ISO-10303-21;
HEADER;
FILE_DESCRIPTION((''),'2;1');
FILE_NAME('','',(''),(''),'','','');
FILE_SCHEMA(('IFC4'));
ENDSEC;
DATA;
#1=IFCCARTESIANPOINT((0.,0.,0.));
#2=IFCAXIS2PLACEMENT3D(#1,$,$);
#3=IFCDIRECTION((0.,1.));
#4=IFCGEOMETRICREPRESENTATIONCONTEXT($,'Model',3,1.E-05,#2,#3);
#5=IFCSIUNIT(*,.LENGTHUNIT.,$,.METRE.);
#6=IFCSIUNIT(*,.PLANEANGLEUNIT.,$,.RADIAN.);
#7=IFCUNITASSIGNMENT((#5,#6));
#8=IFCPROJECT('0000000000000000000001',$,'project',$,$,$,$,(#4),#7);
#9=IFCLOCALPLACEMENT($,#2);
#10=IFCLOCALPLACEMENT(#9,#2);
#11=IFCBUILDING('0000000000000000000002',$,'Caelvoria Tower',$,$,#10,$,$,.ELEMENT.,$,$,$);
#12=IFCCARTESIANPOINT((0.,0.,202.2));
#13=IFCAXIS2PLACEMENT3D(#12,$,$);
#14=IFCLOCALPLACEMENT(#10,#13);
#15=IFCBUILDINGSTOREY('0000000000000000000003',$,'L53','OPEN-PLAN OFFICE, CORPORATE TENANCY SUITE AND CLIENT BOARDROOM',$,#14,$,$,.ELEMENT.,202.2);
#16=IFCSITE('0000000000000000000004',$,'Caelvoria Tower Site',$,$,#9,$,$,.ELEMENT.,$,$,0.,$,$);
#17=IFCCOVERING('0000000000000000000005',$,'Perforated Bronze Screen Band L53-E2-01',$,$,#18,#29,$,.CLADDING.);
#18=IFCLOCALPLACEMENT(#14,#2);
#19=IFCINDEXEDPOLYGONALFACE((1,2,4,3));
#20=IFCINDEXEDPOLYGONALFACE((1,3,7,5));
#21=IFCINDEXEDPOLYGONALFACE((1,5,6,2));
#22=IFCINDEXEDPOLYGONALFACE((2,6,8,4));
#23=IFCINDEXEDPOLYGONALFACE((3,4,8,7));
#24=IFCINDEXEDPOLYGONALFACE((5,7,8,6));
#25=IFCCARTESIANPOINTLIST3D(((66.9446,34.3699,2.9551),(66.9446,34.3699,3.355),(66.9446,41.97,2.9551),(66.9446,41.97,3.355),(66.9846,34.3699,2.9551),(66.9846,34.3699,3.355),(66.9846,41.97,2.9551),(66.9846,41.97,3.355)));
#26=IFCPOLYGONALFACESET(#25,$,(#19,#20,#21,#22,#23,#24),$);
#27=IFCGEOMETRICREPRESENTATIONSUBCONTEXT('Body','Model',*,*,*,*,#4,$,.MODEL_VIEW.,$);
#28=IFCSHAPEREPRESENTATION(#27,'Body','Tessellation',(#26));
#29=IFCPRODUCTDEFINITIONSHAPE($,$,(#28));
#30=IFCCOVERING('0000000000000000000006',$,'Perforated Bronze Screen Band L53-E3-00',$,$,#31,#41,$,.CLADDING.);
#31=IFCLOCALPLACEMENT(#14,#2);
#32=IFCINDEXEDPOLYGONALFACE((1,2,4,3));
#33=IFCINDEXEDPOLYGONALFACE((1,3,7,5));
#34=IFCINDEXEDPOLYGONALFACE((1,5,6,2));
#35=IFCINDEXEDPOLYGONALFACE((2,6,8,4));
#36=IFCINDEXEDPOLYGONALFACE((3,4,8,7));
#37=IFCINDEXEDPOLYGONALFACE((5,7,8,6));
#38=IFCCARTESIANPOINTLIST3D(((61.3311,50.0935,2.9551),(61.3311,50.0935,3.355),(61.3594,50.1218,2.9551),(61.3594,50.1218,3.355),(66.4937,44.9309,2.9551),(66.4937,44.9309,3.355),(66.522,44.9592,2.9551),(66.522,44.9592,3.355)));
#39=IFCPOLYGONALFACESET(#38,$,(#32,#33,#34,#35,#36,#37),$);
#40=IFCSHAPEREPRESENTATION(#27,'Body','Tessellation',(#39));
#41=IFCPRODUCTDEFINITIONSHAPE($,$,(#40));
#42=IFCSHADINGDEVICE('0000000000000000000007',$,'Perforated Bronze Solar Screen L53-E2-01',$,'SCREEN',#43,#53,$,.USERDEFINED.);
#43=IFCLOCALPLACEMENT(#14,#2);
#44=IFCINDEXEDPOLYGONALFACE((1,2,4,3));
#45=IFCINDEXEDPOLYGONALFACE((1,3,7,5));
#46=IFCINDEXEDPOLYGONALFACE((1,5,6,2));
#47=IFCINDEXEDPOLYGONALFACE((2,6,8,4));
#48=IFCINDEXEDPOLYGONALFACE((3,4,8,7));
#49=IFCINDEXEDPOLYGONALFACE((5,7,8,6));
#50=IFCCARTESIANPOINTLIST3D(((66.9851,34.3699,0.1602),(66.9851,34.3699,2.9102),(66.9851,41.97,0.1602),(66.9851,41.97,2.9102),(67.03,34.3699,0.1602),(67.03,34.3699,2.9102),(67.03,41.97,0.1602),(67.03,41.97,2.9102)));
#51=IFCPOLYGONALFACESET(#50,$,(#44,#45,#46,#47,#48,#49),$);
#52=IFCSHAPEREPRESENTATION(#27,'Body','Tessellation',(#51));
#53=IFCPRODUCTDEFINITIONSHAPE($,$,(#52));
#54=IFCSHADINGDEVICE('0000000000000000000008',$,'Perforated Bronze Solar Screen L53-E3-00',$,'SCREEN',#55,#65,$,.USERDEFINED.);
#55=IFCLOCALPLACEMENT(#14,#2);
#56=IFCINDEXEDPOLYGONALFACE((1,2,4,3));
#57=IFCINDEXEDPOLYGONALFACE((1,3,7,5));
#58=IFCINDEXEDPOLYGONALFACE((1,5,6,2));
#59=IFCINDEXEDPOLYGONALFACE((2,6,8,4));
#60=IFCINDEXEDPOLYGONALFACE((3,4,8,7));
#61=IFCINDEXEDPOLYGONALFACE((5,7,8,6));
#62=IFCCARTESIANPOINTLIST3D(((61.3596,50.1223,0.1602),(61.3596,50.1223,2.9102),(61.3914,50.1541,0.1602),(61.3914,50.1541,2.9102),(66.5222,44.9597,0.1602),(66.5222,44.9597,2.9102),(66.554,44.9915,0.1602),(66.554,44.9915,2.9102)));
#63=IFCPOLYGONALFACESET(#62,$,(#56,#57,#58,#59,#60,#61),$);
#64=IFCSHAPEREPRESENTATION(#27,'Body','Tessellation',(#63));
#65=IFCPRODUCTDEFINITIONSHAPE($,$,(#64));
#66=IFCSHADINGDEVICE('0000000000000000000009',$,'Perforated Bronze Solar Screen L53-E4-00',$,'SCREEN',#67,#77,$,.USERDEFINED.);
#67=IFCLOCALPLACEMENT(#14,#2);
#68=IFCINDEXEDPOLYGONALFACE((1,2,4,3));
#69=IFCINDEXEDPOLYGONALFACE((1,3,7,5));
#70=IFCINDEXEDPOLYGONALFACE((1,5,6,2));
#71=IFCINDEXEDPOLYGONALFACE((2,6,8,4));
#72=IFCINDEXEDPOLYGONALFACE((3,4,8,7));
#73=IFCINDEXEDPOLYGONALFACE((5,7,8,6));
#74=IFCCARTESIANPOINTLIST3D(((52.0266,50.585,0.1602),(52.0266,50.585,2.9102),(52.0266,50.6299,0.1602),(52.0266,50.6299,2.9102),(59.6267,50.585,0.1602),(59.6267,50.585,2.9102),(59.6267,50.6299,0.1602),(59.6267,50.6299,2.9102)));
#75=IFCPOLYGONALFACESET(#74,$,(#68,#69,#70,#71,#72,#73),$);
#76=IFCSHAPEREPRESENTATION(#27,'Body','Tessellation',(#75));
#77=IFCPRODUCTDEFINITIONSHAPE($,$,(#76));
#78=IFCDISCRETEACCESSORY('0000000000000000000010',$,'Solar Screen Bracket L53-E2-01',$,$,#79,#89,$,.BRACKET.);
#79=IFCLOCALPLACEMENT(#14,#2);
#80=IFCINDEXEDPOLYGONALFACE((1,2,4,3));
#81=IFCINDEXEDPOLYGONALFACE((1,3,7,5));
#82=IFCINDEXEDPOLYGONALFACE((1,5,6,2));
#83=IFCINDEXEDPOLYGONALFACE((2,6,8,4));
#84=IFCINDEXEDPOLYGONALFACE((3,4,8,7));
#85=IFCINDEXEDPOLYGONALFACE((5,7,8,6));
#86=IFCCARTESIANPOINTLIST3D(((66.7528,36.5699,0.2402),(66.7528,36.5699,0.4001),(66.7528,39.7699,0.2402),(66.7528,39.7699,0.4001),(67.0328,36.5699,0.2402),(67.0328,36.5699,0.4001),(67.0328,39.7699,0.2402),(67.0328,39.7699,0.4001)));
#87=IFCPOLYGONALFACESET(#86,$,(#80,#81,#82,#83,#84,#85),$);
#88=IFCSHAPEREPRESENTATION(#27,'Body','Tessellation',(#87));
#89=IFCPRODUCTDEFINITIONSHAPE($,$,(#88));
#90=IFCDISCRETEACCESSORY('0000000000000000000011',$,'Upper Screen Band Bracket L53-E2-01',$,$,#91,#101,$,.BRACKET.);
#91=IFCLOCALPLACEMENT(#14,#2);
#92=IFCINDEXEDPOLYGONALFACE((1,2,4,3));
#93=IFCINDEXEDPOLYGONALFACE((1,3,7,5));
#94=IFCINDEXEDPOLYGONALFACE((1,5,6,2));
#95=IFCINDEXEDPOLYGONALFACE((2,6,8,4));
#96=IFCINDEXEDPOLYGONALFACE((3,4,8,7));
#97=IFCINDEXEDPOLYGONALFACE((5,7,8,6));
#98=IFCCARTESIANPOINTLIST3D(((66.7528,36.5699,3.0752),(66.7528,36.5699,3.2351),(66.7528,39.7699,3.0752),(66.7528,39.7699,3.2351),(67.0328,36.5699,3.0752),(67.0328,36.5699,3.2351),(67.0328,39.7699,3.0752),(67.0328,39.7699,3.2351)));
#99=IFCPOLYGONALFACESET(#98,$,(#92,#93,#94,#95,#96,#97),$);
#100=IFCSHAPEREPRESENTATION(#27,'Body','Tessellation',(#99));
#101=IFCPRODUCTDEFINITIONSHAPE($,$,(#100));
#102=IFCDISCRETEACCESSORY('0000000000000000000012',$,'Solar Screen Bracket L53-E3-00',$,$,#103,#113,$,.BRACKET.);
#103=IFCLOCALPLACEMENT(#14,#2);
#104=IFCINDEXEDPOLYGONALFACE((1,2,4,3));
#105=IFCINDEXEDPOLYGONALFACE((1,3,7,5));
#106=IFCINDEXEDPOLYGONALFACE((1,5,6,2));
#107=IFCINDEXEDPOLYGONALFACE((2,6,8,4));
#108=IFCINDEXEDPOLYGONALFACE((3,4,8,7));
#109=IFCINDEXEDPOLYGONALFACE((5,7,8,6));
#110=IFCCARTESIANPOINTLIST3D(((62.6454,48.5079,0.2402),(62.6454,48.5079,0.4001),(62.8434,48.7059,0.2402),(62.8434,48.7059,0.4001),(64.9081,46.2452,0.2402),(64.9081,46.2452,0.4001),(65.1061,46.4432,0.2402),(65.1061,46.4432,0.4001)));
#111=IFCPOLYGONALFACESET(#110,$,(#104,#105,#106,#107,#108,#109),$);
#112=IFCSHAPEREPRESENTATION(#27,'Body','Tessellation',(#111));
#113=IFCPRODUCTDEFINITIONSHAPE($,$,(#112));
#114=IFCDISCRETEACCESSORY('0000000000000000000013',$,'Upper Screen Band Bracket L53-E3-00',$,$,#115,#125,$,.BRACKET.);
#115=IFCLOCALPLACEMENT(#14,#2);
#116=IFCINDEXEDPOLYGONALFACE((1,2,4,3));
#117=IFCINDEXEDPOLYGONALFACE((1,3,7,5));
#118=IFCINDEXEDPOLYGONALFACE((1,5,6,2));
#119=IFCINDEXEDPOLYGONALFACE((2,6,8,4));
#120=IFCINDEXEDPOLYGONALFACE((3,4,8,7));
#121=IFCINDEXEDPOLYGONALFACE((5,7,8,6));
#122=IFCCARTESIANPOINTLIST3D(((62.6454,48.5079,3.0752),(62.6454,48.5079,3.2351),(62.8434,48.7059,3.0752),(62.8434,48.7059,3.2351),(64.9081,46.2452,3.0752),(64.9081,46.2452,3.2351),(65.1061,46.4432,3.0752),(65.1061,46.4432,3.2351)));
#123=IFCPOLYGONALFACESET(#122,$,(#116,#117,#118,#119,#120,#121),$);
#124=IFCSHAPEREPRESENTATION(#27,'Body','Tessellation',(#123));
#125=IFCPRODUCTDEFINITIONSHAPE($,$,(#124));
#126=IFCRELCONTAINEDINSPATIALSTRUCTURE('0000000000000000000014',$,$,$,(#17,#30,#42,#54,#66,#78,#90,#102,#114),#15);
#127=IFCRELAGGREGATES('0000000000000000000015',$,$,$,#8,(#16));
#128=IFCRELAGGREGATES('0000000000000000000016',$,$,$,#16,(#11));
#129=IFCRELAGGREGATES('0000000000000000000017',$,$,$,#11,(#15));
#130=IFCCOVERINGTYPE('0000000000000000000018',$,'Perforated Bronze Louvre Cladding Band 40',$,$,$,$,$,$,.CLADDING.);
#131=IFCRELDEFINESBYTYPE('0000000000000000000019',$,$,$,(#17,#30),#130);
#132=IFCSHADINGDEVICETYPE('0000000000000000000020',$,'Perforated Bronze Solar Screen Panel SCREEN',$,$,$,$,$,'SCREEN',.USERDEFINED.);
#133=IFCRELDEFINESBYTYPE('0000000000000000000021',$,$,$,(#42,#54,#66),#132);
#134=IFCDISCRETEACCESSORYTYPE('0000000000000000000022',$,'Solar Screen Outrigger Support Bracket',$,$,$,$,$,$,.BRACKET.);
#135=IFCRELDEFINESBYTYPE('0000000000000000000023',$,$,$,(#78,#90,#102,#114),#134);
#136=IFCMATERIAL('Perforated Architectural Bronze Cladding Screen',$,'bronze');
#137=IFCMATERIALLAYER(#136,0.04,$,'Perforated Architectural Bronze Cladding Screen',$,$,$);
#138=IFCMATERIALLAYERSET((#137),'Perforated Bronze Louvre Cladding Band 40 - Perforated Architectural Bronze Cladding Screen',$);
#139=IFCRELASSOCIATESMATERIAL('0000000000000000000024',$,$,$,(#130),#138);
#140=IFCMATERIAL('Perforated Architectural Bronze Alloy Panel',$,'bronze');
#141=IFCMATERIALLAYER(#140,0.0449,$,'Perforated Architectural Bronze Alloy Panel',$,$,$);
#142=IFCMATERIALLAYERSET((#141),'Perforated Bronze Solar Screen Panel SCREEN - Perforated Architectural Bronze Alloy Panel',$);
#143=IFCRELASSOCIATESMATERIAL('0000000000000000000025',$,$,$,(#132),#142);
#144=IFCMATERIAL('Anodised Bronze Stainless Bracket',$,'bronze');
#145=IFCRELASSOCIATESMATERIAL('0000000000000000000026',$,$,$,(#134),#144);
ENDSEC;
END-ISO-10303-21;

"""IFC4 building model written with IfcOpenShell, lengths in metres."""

from ifc_helpers import new_model, si_unit, direction, frame, origin, origin_2d, place, context, subcontext, project, spatial, rectangle, extrude, material, layer, layer_set, type_object, element, save


model = new_model("IFC4")

# Units and contexts
model_context = context("Model", 3, precision=1e-05, world=origin(), true_north=direction((0.0, 1.0)))
body_context = subcontext(model_context, "Body", "Model", "MODEL_VIEW")
ifc_project = project(units=[si_unit("LENGTHUNIT", "METRE"), si_unit("PLANEANGLEUNIT", "RADIAN")], contexts=[model_context])

# Site, building, storey
site_placement = place(None, origin())
site = spatial("IfcSite", under=ifc_project, at=site_placement, Name="Caelvoria Tower Site", CompositionType="ELEMENT", RefElevation=0.0)
building_placement = place(site_placement, origin())
building = spatial("IfcBuilding", under=site, at=building_placement, Name="Caelvoria Tower", CompositionType="ELEMENT")
storey_placement = place(building_placement, frame((0.0, 0.0, 202.2)))
storey = spatial("IfcBuildingStorey", under=building, at=storey_placement, Name="L53", Description="OPEN-PLAN OFFICE, CORPORATE TENANCY SUITE AND CLIENT BOARDROOM", CompositionType="ELEMENT", Elevation=202.2)

# Coverings
ifc_material_1 = material(Name="Perforated Architectural Bronze Cladding Screen", Category="bronze")
ifc_layer_1 = layer(ifc_material_1, 0.04, Name="Perforated Architectural Bronze Cladding Screen")
ifc_layer_set_1 = layer_set([ifc_layer_1], Name="Perforated Bronze Louvre Cladding Band 40 - Perforated Architectural Bronze Cladding Screen")
covering_type = type_object("IfcCoveringType", Name="Perforated Bronze Louvre Cladding Band 40", PredefinedType="CLADDING", material=ifc_layer_set_1)
covering_1_placement = place(storey_placement, frame((66.9646, 38.1699, 2.9551), z_axis=(0.0, 0.0, 1.0), x_axis=(0.0, 1.0, 0.0)))
element("IfcCovering", 1, at=covering_1_placement, inside=storey, type_object=covering_type, Name="Perforated Bronze Screen Band L53-E2-01", PredefinedType="CLADDING", context=body_context, shape_type="SweptSolid", body=[
    extrude(rectangle(XDim=7.6001, YDim=0.04, at=origin_2d()), origin(), (0.0, 0.0, 1.0), 0.3999),
])
covering_2_placement = place(storey_placement, frame((63.9265, 47.5264, 2.9551), z_axis=(0.0, 0.0, 1.0), x_axis=(-0.707107, 0.707107, 0.0)))
element("IfcCovering", 2, at=covering_2_placement, inside=storey, type_object=covering_type, Name="Perforated Bronze Screen Band L53-E3-00", PredefinedType="CLADDING", context=body_context, shape_type="SweptSolid", body=[
    extrude(rectangle(XDim=7.301, YDim=0.04, at=origin_2d()), origin(), (0.0, 0.0, 1.0), 0.3999),
])

# Shading devices
ifc_material_2 = material(Name="Perforated Architectural Bronze Alloy Panel", Category="bronze")
ifc_layer_2 = layer(ifc_material_2, 0.0449, Name="Perforated Architectural Bronze Alloy Panel")
ifc_layer_set_2 = layer_set([ifc_layer_2], Name="Perforated Bronze Solar Screen Panel SCREEN - Perforated Architectural Bronze Alloy Panel")
shading_device_type = type_object("IfcShadingDeviceType", Name="Perforated Bronze Solar Screen Panel SCREEN", ElementType="SCREEN", PredefinedType="USERDEFINED", material=ifc_layer_set_2)
shading_device_1_placement = place(storey_placement, frame((67.0076, 38.1699, 0.1602), z_axis=(0.0, 0.0, 1.0), x_axis=(0.0, 1.0, 0.0)))
element("IfcShadingDevice", 3, at=shading_device_1_placement, inside=storey, type_object=shading_device_type, Name="Perforated Bronze Solar Screen L53-E2-01", ObjectType="SCREEN", PredefinedType="USERDEFINED", context=body_context, shape_type="SweptSolid", body=[
    extrude(rectangle(XDim=7.6001, YDim=0.0449, at=origin_2d()), origin(), (0.0, 0.0, 1.0), 2.75),
])
shading_device_2_placement = place(storey_placement, frame((63.9568, 47.5569, 0.1602), z_axis=(0.0, 0.0, 1.0), x_axis=(-0.707107, 0.707107, 0.0)))
element("IfcShadingDevice", 4, at=shading_device_2_placement, inside=storey, type_object=shading_device_type, Name="Perforated Bronze Solar Screen L53-E3-00", ObjectType="SCREEN", PredefinedType="USERDEFINED", context=body_context, shape_type="SweptSolid", body=[
    extrude(rectangle(XDim=7.301, YDim=0.0449, at=origin_2d()), origin(), (0.0, 0.0, 1.0), 2.75),
])
shading_device_3_placement = place(storey_placement, frame((55.8267, 50.6074, 0.1602), z_axis=(0.0, 0.0, 1.0), x_axis=(-1.0, 0.0, 0.0)))
element("IfcShadingDevice", 5, at=shading_device_3_placement, inside=storey, type_object=shading_device_type, Name="Perforated Bronze Solar Screen L53-E4-00", ObjectType="SCREEN", PredefinedType="USERDEFINED", context=body_context, shape_type="SweptSolid", body=[
    extrude(rectangle(XDim=7.6001, YDim=0.0449, at=origin_2d()), origin(), (0.0, 0.0, 1.0), 2.75),
])

# Discrete accessories
ifc_material_3 = material(Name="Anodised Bronze Stainless Bracket", Category="bronze")
discrete_accessory_type = type_object("IfcDiscreteAccessoryType", Name="Solar Screen Outrigger Support Bracket", PredefinedType="BRACKET", material=ifc_material_3)
for number, where, z_axis, x_axis, name in (
    (6, (66.8928, 38.1699, 0.2402), (0.0, 0.0, 1.0), (0.0, 1.0, 0.0), "Solar Screen Bracket L53-E2-01"),
    (7, (66.8928, 38.1699, 3.0752), (0.0, 0.0, 1.0), (0.0, 1.0, 0.0), "Upper Screen Band Bracket L53-E2-01"),
    (8, (63.8757, 47.4756, 0.2402), (0.0, 0.0, 1.0), (-0.707107, 0.707107, 0.0), "Solar Screen Bracket L53-E3-00"),
    (9, (63.8757, 47.4756, 3.0752), (0.0, 0.0, 1.0), (-0.707107, 0.707107, 0.0), "Upper Screen Band Bracket L53-E3-00"),
):
    element("IfcDiscreteAccessory", number, at=place(storey_placement, frame(where, z_axis=z_axis, x_axis=x_axis)), inside=storey, type_object=discrete_accessory_type, Name=name, PredefinedType="BRACKET", context=body_context, shape_type="SweptSolid", body=[
        extrude(rectangle(XDim=3.2, YDim=0.28, at=origin_2d()), origin(), (0.0, 0.0, 1.0), 0.1599),
    ])

save(model, "model.ifc")
